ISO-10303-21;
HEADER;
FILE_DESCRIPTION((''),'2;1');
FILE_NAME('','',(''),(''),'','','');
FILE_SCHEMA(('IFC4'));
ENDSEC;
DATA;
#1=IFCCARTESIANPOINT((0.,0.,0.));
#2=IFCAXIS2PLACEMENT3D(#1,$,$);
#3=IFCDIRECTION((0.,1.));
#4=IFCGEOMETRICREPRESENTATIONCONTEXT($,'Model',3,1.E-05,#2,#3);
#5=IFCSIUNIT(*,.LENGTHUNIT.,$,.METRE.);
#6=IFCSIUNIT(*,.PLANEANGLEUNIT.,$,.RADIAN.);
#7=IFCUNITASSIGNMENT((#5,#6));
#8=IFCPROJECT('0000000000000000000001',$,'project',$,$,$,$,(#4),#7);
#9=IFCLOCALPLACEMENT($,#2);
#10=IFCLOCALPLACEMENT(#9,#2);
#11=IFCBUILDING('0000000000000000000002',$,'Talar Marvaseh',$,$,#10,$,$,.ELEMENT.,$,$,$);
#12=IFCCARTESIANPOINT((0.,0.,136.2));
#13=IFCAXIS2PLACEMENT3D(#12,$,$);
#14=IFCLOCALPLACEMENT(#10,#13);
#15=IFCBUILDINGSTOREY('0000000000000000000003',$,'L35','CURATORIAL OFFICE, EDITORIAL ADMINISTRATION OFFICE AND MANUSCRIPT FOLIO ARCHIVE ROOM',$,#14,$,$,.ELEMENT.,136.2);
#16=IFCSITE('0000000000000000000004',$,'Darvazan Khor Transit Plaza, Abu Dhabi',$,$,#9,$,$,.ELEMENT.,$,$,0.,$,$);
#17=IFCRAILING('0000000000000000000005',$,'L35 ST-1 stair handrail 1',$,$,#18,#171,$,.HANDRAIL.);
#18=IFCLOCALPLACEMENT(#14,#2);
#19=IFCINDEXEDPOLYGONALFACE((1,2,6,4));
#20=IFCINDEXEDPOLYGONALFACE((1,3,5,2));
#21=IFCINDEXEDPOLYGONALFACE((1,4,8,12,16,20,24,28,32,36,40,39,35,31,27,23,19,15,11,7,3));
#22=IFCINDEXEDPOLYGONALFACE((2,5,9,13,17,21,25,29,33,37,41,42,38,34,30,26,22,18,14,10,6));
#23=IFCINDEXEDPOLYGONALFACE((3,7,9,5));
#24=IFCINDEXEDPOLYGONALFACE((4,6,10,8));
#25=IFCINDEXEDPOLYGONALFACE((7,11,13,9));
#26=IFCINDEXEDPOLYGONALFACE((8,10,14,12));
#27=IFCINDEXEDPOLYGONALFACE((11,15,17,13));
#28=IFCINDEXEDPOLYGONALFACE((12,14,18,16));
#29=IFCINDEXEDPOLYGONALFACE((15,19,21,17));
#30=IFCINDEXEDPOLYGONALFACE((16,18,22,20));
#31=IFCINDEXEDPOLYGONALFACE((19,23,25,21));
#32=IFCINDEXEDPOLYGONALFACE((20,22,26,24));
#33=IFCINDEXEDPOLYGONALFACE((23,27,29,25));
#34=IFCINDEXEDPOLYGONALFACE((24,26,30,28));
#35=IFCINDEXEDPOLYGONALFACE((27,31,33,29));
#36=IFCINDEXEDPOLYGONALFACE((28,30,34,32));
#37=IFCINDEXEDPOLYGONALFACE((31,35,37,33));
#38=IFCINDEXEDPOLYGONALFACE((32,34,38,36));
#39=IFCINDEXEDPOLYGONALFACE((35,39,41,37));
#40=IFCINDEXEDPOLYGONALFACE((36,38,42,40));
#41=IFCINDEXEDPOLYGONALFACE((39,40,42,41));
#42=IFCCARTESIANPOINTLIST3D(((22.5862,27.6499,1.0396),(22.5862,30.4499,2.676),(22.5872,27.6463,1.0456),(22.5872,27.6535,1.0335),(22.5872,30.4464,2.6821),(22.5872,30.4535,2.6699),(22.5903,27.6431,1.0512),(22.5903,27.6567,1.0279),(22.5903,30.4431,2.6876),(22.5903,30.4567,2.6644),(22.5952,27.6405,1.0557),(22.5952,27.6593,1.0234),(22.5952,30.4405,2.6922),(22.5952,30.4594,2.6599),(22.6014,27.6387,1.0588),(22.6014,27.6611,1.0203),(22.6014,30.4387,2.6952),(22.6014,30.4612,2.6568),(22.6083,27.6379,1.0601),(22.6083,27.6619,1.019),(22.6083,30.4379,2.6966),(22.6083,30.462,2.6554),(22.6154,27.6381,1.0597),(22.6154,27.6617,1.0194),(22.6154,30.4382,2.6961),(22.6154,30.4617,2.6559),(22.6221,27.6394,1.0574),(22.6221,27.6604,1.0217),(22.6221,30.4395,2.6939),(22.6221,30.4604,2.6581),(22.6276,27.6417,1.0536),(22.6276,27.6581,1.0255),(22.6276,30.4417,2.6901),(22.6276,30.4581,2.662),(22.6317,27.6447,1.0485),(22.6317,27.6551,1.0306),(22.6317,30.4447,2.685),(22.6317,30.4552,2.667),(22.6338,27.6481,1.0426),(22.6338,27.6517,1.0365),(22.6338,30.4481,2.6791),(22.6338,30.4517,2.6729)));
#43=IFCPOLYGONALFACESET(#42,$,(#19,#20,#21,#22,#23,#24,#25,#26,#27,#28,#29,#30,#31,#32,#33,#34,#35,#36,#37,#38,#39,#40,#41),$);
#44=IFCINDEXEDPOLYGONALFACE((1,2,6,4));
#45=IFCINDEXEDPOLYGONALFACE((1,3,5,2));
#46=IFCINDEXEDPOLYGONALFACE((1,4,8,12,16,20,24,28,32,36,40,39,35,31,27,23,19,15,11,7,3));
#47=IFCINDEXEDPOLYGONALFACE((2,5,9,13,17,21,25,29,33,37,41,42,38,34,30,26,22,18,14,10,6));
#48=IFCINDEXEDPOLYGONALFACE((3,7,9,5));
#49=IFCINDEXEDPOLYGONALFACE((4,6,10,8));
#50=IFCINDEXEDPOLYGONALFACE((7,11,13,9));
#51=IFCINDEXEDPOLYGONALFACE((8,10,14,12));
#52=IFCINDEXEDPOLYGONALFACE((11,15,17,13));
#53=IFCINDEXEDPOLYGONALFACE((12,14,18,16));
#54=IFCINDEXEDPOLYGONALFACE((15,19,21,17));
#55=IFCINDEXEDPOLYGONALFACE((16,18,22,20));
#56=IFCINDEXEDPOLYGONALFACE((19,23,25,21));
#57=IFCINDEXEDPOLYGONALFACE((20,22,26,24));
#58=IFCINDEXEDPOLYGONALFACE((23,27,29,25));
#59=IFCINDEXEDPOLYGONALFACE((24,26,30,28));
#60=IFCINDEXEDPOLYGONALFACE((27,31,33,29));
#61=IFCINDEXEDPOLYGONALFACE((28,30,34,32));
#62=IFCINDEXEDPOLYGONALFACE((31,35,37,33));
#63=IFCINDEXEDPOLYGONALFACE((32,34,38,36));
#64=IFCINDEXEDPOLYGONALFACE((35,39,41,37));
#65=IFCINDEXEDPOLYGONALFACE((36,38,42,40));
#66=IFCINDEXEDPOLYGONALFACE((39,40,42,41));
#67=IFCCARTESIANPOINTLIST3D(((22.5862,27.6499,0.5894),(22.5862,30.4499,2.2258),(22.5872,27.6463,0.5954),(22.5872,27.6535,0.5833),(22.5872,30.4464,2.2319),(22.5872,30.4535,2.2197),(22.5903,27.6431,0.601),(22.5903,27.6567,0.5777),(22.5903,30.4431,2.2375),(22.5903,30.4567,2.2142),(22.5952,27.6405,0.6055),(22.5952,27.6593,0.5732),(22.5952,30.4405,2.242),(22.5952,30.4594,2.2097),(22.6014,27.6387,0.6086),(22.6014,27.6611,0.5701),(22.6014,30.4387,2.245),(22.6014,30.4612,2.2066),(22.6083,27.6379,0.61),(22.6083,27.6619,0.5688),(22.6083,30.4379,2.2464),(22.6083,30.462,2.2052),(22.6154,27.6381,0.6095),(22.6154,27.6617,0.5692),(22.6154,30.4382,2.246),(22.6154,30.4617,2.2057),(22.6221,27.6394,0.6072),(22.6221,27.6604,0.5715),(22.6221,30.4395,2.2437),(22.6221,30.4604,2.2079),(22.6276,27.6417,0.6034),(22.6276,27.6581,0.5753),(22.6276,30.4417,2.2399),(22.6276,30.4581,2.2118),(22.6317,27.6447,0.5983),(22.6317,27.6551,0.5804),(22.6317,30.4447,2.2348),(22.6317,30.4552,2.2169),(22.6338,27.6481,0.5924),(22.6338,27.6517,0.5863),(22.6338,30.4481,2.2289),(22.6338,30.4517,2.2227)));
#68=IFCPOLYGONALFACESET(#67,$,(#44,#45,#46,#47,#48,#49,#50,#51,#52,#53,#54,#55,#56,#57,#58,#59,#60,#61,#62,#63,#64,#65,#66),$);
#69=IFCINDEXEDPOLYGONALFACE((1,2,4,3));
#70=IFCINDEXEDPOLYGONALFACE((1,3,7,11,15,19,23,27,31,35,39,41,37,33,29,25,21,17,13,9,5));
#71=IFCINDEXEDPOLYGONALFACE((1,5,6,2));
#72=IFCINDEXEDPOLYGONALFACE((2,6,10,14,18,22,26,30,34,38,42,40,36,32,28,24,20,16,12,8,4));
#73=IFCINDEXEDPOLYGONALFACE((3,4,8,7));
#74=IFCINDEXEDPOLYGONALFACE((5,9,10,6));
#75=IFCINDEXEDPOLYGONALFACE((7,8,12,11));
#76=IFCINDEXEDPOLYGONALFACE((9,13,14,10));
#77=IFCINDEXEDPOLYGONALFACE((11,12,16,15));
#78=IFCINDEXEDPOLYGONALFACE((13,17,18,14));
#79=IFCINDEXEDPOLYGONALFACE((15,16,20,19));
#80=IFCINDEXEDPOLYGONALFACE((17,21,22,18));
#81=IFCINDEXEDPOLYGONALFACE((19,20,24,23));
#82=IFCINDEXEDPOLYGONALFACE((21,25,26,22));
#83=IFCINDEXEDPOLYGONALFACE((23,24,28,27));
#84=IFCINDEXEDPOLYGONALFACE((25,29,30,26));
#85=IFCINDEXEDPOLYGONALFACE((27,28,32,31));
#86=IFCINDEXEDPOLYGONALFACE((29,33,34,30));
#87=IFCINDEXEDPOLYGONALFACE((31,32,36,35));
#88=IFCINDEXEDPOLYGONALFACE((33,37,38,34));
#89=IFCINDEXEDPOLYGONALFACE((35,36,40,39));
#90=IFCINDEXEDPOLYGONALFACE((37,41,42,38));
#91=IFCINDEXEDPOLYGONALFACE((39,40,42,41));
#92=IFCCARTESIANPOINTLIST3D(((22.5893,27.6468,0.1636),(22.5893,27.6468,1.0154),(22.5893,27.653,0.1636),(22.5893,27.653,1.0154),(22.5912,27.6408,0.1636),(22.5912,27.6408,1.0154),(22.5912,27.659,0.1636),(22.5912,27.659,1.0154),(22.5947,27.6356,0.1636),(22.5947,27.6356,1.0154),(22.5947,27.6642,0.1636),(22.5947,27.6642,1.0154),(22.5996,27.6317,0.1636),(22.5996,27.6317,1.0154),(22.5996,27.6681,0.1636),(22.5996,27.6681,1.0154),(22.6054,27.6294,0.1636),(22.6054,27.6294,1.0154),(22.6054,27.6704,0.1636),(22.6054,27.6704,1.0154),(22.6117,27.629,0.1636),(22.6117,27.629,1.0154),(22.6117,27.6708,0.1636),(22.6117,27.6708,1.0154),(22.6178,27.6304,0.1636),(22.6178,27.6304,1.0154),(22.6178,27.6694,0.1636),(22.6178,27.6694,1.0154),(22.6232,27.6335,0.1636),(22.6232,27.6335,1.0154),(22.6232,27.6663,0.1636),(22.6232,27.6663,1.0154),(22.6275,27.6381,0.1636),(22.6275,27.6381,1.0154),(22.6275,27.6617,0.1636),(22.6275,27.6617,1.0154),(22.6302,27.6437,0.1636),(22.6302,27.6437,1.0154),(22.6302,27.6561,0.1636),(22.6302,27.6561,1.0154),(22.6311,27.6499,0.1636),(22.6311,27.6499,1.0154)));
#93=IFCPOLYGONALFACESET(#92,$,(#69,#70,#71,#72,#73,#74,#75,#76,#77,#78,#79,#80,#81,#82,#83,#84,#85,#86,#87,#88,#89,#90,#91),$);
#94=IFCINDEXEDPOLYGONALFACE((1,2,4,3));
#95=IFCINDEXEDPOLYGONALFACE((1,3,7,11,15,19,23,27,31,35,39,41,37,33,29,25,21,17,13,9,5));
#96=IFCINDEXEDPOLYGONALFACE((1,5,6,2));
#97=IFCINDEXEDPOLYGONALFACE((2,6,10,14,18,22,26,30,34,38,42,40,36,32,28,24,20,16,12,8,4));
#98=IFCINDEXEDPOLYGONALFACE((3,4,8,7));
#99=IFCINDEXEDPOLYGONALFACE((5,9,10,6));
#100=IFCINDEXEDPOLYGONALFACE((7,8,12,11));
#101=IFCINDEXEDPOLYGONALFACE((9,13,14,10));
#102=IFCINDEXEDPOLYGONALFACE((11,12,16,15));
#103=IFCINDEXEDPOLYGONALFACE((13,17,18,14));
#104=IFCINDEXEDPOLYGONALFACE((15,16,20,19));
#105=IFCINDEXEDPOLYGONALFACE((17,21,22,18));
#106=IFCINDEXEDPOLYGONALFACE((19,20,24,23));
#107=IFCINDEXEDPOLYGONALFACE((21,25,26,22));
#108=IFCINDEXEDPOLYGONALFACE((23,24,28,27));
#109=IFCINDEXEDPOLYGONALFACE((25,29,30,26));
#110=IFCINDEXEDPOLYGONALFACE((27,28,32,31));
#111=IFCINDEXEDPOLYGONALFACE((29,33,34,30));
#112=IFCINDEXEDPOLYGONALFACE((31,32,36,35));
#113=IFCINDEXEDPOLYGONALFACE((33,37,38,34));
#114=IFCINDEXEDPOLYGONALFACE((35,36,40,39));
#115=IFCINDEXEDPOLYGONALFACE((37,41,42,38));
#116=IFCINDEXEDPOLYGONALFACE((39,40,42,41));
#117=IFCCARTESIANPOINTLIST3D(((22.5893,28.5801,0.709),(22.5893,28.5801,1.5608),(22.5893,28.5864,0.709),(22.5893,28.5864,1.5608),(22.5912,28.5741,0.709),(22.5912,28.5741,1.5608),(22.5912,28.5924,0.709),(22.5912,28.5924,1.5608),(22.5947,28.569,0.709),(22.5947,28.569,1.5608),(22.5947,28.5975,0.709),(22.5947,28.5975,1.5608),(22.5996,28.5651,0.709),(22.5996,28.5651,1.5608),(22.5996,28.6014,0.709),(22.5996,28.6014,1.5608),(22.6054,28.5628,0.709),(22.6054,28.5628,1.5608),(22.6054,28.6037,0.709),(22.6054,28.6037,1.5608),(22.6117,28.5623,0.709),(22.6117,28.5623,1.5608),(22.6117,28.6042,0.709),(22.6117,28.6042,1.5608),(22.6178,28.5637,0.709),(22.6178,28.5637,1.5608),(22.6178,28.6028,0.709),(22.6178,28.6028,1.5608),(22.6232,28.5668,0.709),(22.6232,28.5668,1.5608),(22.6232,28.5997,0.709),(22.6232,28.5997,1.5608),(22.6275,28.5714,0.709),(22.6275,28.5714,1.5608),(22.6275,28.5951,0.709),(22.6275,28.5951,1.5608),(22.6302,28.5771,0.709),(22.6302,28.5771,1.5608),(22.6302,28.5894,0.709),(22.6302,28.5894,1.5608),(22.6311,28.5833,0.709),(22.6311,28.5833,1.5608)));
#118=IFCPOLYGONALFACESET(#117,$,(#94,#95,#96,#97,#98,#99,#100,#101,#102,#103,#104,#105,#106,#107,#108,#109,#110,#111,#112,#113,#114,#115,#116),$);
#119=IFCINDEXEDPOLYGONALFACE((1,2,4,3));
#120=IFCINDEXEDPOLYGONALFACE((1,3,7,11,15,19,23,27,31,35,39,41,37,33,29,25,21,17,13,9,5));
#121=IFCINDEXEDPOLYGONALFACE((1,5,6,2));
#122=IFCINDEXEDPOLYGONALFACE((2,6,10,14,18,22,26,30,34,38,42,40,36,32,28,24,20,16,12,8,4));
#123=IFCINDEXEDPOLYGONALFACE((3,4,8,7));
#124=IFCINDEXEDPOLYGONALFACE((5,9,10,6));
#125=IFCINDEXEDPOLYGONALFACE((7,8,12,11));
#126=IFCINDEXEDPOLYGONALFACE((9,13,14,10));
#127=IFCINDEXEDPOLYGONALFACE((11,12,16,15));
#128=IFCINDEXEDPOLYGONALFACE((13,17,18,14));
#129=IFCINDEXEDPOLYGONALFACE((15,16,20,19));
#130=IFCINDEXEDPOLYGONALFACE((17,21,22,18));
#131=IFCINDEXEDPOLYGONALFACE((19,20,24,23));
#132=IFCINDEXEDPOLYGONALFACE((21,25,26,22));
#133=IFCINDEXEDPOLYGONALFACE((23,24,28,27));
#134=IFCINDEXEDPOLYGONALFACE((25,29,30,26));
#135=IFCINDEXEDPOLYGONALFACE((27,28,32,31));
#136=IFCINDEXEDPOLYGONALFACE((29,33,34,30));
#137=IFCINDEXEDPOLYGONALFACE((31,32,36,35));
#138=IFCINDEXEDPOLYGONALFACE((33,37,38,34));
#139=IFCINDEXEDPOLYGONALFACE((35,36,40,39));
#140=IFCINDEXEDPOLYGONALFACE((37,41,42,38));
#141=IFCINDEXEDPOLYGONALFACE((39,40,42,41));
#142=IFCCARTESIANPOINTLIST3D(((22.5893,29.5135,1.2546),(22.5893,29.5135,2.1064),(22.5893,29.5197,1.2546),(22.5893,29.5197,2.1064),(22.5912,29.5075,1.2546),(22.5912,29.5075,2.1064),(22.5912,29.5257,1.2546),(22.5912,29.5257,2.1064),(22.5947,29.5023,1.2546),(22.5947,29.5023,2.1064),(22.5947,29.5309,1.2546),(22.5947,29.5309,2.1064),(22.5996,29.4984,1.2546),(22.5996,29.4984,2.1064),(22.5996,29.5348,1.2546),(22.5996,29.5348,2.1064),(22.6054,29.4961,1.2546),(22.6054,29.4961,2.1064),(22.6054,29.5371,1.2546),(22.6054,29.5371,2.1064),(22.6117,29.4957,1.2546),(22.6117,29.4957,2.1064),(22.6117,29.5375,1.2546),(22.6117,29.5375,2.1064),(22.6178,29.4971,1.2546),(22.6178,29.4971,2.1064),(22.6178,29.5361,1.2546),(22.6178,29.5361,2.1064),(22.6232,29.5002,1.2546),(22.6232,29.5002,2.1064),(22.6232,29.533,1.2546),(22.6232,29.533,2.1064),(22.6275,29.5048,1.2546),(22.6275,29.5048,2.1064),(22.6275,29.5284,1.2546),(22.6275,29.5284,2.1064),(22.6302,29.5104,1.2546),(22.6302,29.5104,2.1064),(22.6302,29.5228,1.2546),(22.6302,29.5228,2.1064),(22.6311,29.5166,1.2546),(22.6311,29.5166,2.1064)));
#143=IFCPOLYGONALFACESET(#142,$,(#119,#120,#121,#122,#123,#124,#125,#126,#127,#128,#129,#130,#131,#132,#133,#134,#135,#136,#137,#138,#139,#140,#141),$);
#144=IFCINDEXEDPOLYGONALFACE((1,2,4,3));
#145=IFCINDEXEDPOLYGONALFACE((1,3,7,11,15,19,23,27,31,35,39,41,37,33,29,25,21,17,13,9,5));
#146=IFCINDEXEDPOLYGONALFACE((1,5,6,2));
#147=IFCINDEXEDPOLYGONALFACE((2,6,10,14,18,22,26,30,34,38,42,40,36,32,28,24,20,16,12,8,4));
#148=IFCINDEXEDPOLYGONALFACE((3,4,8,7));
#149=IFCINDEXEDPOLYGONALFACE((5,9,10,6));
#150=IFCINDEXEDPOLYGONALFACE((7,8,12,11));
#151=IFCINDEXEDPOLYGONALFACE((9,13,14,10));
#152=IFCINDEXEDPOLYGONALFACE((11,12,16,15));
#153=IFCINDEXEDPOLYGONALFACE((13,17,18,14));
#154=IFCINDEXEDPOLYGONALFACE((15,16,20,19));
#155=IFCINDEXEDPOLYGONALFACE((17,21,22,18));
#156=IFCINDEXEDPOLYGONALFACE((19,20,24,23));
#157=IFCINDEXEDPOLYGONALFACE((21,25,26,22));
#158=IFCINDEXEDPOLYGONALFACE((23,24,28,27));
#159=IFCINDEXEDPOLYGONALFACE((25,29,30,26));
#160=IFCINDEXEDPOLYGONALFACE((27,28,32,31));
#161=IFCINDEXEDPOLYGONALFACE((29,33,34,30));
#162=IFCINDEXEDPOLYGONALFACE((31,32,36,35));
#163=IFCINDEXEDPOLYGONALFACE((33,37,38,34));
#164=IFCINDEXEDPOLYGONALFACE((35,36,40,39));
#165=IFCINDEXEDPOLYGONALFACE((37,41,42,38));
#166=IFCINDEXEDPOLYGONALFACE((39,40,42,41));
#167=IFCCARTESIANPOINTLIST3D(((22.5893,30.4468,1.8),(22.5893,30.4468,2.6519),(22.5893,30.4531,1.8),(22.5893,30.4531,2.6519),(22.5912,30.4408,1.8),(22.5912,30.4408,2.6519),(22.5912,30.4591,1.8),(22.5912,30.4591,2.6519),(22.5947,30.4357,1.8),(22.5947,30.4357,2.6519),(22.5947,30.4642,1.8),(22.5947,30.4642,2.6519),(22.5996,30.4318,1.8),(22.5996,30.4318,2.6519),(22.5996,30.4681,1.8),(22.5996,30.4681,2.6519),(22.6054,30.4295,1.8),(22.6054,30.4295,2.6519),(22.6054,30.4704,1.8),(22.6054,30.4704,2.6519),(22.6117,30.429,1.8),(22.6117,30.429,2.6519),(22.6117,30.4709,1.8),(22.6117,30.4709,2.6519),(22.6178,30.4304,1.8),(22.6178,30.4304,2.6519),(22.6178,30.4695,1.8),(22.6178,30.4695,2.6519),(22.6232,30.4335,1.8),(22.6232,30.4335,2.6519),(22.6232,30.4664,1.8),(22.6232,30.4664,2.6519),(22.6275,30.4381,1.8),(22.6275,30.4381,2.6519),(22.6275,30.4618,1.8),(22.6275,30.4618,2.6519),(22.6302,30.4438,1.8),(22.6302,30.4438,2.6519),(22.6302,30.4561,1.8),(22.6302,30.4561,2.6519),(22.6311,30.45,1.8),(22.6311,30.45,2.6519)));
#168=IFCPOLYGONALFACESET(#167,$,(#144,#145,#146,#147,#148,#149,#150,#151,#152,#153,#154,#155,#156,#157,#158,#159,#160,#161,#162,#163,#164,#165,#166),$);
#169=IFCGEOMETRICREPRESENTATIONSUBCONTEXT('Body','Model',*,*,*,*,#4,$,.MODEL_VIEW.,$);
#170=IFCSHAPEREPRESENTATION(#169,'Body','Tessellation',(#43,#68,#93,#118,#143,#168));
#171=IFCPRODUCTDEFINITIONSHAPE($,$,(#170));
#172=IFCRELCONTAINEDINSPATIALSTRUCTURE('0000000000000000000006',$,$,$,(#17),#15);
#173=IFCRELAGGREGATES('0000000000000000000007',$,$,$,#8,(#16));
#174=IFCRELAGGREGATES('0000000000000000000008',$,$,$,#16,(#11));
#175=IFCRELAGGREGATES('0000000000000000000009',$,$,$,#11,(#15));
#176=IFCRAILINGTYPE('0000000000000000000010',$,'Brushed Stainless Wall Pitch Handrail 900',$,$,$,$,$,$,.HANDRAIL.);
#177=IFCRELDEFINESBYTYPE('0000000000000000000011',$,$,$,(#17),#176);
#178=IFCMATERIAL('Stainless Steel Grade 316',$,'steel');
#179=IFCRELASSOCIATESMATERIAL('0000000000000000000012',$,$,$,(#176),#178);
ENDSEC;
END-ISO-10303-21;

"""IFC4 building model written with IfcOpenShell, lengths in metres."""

from ifc_helpers import new_model, si_unit, direction, frame, origin, origin_2d, place, context, subcontext, project, spatial, circle, extrude, material, type_object, element, save


model = new_model("IFC4")

# Units and contexts
model_context = context("Model", 3, precision=1e-05, world=origin(), true_north=direction((0.0, 1.0)))
body_context = subcontext(model_context, "Body", "Model", "MODEL_VIEW")
ifc_project = project(units=[si_unit("LENGTHUNIT", "METRE"), si_unit("PLANEANGLEUNIT", "RADIAN")], contexts=[model_context])

# Site, building, storey
site_placement = place(None, origin())
site = spatial("IfcSite", under=ifc_project, at=site_placement, Name="Darvazan Khor Transit Plaza, Abu Dhabi", CompositionType="ELEMENT", RefElevation=0.0)
building_placement = place(site_placement, origin())
building = spatial("IfcBuilding", under=site, at=building_placement, Name="Talar Marvaseh", CompositionType="ELEMENT")
storey_placement = place(building_placement, frame((0.0, 0.0, 136.2)))
storey = spatial("IfcBuildingStorey", under=building, at=storey_placement, Name="L35", Description="CURATORIAL OFFICE, EDITORIAL ADMINISTRATION OFFICE AND MANUSCRIPT FOLIO ARCHIVE ROOM", CompositionType="ELEMENT", Elevation=136.2)

# Railing
ifc_material_1 = material(Name="Stainless Steel Grade 316", Category="steel")
railing_type_1 = type_object("IfcRailingType", Name="Brushed Stainless Wall Pitch Handrail 900", PredefinedType="HANDRAIL", material=ifc_material_1)
railing_1_placement = place(storey_placement, frame((22.6101, 27.6499, 0.1636)))
element("IfcRailing", 1, at=railing_1_placement, inside=storey, type_object=railing_type_1, Name="L35 ST-1 stair handrail 1", PredefinedType="HANDRAIL", context=body_context, shape_type="SweptSolid", body=[
    extrude(circle(Radius=0.0239, at=origin_2d()), frame((0.0, 0.0, 0.876), z_axis=(0.0, 0.863361, 0.504587), x_axis=(-1.0, 0.0, 0.0)), (0.0, 0.0, 1.0), 3.2432),
    extrude(circle(Radius=0.0239, at=origin_2d()), frame((0.0, 0.0, 0.4258), z_axis=(0.0, 0.863361, 0.504587), x_axis=(-1.0, 0.0, 0.0)), (0.0, 0.0, 1.0), 3.2432),
    extrude(circle(Radius=0.021, at=origin_2d()), origin(), (0.0, 0.0, 1.0), 0.8518),
    extrude(circle(Radius=0.021, at=origin_2d()), frame((0.0, 0.9333, 0.5454)), (0.0, 0.0, 1.0), 0.8518),
    extrude(circle(Radius=0.021, at=origin_2d()), frame((0.0, 1.8667, 1.0911)), (0.0, 0.0, 1.0), 0.8518),
    extrude(circle(Radius=0.021, at=origin_2d()), frame((0.0, 2.8, 1.6365)), (0.0, 0.0, 1.0), 0.8518),
])

save(model, "model.ifc")
